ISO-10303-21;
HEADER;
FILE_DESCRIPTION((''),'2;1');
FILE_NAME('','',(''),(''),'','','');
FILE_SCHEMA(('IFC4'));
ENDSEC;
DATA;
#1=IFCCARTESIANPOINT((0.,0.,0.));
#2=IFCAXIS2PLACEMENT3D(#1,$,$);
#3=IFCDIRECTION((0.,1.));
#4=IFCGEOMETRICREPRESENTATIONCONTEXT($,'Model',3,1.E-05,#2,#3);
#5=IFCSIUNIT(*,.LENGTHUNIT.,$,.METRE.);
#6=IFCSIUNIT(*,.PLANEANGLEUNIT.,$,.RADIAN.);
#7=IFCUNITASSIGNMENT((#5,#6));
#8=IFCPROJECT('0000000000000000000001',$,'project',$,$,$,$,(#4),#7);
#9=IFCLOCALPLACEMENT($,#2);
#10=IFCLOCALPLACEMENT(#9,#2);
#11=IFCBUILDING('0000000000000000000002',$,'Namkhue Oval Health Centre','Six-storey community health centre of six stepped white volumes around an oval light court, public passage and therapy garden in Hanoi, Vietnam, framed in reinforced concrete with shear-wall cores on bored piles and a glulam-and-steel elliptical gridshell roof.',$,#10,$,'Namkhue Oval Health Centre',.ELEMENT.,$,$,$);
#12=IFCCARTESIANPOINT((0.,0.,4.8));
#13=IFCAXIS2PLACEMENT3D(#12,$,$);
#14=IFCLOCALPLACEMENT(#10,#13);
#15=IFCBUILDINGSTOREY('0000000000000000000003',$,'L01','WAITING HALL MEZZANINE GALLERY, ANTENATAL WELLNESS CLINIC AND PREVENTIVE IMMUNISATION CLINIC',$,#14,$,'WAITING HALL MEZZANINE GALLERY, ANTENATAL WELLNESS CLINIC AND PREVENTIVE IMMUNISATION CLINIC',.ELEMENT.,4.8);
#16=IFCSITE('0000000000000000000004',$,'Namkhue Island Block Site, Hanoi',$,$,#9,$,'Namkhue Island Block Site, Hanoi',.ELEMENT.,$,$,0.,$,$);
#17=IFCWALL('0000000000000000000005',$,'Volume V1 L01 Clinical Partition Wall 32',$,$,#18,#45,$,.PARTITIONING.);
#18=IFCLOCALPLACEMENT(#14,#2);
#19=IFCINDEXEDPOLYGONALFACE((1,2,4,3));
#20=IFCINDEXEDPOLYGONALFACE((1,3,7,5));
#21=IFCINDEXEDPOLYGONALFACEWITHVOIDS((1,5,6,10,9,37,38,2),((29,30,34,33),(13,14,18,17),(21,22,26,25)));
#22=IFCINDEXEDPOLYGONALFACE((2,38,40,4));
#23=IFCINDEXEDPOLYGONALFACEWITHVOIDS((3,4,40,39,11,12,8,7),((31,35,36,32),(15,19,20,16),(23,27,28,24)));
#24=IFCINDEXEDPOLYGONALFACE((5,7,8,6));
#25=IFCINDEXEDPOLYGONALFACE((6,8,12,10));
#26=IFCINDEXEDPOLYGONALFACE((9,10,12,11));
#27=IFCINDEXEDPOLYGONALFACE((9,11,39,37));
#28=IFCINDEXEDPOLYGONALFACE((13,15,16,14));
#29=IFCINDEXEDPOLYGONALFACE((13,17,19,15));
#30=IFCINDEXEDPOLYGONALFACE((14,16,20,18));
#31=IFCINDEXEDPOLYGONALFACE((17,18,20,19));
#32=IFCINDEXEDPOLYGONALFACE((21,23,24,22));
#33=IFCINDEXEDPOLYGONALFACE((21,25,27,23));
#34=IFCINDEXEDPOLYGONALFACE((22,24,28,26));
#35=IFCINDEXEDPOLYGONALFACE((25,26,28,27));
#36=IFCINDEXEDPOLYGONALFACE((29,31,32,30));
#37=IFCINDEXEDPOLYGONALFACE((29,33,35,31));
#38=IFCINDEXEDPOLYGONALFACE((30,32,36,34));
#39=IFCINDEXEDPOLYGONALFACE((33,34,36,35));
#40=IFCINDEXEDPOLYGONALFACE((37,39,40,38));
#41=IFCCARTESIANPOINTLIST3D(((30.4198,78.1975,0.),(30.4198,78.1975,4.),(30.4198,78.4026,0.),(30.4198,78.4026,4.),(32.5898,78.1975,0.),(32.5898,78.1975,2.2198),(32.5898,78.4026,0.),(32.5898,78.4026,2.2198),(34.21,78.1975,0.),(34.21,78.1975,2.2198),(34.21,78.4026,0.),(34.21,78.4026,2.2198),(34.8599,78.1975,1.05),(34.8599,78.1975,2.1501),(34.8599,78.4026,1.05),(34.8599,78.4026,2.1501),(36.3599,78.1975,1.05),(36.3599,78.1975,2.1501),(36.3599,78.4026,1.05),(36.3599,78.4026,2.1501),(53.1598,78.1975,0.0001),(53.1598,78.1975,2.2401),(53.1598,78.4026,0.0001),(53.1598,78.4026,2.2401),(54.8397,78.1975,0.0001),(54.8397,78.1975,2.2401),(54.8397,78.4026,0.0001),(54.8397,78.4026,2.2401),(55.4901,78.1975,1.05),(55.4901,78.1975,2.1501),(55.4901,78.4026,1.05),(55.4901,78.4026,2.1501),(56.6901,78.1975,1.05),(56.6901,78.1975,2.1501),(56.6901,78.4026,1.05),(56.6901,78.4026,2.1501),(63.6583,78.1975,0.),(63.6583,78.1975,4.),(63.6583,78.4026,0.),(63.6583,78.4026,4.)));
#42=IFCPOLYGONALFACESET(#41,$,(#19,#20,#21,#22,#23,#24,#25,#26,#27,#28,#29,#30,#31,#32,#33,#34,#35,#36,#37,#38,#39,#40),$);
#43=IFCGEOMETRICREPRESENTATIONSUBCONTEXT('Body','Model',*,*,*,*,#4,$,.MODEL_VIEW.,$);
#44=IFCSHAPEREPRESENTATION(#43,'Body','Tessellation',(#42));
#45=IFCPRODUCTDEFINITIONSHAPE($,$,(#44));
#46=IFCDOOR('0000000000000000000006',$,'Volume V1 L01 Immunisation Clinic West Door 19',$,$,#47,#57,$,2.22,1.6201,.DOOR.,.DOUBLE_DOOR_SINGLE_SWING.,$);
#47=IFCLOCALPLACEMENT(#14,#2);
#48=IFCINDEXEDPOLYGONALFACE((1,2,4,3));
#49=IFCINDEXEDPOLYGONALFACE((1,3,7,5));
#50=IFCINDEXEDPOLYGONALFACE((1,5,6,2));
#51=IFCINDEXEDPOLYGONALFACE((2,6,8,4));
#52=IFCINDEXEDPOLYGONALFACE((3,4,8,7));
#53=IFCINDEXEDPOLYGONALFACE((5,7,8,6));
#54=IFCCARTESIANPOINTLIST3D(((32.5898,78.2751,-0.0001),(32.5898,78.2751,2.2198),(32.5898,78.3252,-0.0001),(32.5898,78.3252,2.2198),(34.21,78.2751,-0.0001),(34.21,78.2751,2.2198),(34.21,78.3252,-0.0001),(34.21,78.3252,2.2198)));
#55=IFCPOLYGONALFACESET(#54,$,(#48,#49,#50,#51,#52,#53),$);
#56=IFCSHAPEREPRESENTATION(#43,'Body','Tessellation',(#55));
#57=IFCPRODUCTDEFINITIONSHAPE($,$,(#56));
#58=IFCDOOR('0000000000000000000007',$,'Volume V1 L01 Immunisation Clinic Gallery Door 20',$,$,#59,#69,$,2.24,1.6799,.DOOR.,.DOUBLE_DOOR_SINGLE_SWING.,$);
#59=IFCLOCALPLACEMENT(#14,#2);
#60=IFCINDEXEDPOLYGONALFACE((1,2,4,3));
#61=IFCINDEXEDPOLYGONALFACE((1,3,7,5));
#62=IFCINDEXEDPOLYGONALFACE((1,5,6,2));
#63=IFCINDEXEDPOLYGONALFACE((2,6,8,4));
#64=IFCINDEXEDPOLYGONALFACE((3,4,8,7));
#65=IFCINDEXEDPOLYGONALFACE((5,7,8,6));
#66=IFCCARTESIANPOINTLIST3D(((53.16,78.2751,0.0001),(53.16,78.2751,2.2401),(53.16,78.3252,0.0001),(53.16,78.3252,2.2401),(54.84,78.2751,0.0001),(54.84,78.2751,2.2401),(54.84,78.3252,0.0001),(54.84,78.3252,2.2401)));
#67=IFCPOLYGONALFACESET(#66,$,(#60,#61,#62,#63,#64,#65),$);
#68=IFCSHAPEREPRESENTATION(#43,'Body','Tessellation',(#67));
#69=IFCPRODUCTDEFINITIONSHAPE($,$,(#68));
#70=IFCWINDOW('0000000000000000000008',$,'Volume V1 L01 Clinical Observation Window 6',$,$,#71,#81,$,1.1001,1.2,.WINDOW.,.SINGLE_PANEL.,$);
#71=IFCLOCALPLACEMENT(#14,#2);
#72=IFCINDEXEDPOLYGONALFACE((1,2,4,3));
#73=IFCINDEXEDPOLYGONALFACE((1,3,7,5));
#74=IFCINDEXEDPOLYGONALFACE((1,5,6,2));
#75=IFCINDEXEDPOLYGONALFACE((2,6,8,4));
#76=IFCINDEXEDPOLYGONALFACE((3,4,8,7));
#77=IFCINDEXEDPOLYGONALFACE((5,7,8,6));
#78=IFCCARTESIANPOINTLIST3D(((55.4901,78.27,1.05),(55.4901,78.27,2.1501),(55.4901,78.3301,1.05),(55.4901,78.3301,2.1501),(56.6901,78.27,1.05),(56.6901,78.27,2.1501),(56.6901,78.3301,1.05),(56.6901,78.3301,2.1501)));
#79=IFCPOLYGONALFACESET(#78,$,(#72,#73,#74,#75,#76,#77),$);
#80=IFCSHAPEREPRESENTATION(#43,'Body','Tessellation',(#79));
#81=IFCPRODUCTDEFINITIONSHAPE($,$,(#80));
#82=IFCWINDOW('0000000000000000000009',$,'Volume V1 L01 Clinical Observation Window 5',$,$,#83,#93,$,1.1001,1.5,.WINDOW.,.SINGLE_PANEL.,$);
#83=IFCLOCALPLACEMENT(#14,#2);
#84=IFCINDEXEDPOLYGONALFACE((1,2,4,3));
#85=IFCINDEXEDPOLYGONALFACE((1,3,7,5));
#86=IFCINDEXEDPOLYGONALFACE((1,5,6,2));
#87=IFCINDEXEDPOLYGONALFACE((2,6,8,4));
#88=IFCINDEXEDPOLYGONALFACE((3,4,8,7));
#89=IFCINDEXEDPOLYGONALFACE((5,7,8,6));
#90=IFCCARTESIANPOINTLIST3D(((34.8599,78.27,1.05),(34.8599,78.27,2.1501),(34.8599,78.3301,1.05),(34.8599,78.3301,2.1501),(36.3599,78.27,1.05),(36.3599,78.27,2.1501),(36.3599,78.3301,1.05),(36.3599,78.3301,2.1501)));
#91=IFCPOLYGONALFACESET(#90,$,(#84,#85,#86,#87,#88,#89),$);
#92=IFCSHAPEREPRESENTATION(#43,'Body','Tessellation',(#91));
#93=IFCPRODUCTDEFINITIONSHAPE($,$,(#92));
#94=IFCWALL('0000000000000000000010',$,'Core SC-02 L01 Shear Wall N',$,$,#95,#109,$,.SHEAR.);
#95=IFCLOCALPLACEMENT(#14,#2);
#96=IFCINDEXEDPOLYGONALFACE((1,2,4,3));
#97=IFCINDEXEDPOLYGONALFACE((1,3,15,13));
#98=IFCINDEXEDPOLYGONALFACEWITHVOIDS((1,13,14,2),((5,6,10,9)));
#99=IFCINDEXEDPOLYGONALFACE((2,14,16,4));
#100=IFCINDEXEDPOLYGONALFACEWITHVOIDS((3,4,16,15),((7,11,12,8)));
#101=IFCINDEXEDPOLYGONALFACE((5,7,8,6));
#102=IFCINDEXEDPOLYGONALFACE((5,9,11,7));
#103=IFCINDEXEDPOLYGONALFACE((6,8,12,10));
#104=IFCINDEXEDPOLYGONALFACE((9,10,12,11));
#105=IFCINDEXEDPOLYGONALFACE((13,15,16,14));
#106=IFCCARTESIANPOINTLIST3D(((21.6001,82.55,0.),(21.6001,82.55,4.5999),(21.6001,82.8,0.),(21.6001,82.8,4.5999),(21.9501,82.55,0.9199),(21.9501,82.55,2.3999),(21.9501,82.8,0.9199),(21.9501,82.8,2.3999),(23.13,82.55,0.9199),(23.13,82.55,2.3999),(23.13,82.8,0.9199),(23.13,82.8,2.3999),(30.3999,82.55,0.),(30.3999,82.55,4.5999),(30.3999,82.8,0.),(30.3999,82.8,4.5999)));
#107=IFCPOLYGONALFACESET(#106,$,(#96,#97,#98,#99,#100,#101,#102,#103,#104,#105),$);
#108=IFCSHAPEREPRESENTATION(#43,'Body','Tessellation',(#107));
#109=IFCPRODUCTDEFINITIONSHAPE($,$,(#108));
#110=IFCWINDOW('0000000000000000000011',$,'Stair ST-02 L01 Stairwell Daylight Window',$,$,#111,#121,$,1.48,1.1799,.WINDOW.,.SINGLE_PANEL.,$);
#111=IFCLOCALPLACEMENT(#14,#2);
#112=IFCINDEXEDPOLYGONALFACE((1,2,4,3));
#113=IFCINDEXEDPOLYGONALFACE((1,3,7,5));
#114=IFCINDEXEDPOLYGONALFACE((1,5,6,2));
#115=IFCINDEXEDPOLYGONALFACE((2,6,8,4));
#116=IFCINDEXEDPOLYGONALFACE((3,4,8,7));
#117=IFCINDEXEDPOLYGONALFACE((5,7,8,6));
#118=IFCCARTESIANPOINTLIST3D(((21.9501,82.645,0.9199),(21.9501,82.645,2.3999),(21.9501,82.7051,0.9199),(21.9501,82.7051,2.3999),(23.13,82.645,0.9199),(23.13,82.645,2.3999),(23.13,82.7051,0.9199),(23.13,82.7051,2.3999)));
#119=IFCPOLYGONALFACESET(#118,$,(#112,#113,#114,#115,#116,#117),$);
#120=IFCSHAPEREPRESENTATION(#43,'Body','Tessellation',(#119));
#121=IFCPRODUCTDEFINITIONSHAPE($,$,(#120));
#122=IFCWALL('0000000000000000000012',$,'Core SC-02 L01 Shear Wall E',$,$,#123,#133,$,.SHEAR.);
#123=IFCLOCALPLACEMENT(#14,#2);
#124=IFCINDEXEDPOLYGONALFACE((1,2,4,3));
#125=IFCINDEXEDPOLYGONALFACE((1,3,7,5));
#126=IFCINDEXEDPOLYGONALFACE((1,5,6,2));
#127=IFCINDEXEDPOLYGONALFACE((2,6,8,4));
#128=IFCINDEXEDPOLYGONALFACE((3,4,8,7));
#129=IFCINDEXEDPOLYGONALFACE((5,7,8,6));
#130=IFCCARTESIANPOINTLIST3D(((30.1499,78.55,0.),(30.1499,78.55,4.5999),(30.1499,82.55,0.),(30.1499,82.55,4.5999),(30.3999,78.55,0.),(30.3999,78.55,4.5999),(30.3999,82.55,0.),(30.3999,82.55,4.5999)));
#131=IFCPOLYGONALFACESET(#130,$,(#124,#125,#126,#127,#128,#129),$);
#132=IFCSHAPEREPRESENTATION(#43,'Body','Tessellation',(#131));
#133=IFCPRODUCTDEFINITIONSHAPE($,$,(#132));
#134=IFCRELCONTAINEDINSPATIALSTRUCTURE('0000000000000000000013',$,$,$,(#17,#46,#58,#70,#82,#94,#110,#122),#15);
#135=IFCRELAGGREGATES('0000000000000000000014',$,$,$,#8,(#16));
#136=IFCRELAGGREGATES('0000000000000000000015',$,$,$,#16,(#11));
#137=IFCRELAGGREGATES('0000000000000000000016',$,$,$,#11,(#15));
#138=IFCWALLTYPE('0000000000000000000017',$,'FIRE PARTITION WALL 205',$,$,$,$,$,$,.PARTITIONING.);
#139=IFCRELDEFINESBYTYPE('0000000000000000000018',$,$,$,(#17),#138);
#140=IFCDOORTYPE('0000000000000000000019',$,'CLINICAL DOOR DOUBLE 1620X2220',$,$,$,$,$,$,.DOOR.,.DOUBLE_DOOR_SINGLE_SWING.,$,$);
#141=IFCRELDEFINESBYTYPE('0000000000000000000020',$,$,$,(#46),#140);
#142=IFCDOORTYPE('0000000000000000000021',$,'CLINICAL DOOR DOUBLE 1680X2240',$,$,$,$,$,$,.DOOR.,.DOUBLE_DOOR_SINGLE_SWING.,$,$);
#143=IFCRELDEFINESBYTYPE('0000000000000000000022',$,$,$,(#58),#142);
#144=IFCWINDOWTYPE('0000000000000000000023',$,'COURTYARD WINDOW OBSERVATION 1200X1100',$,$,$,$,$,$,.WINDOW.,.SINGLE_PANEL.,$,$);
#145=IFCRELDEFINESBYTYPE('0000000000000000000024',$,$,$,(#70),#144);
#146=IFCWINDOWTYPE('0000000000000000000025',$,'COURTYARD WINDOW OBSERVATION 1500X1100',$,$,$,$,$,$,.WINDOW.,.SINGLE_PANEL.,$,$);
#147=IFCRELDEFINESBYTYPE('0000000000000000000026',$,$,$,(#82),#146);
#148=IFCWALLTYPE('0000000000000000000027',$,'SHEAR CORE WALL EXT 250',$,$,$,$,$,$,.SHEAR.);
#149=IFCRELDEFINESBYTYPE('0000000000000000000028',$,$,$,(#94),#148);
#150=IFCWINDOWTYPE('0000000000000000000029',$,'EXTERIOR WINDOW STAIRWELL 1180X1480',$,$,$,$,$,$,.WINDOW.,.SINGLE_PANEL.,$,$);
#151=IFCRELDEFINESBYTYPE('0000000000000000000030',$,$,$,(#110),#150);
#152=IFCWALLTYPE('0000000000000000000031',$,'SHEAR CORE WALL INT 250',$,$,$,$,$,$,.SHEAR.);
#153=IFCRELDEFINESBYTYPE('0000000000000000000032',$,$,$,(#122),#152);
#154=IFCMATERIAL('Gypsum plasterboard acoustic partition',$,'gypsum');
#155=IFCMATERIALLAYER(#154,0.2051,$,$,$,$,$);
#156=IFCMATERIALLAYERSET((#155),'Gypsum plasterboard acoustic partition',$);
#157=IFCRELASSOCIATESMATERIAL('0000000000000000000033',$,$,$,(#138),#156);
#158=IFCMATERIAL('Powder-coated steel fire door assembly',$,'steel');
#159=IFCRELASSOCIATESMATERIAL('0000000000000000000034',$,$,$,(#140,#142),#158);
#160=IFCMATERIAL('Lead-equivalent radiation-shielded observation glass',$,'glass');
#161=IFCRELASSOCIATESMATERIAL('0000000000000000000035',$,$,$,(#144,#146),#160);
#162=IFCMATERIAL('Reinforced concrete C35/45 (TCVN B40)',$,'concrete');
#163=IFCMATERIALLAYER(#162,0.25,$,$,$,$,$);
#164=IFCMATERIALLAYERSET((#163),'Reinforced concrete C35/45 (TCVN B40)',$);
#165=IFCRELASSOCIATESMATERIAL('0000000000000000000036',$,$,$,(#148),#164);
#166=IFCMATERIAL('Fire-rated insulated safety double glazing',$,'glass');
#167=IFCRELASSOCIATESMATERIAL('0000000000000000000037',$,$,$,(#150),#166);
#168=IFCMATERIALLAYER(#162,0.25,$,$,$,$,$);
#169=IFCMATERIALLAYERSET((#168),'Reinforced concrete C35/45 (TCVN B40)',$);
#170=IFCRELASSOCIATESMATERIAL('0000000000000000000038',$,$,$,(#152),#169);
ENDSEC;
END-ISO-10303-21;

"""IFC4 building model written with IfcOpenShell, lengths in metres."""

from ifc_helpers import new_model, si_unit, direction, frame, frame_2d, origin, place, context, subcontext, project, spatial, rectangle, extrude, material, layer, layer_set, type_object, element, fill, save


model = new_model("IFC4")

# Units and contexts
model_context = context("Model", 3, precision=1e-05, world=origin(), true_north=direction((0.0, 1.0)))
body_context = subcontext(model_context, "Body", "Model", "MODEL_VIEW")
ifc_project = project(units=[si_unit("LENGTHUNIT", "METRE"), si_unit("PLANEANGLEUNIT", "RADIAN")], contexts=[model_context])

# Site, building, storey
site_placement = place(None, origin())
site = spatial("IfcSite", under=ifc_project, at=site_placement, Name="Namkhue Island Block Site, Hanoi", LongName="Namkhue Island Block Site, Hanoi", CompositionType="ELEMENT", RefElevation=0.0)
building_placement = place(site_placement, origin())
building = spatial("IfcBuilding", under=site, at=building_placement, Name="Namkhue Oval Health Centre", Description="Six-storey community health centre of six stepped white volumes around an oval light court, public passage and therapy garden in Hanoi, Vietnam, framed in reinforced concrete with shear-wall cores on bored piles and a glulam-and-steel elliptical gridshell roof.", LongName="Namkhue Oval Health Centre", CompositionType="ELEMENT")
storey_placement = place(building_placement, frame((0.0, 0.0, 4.8)))
storey = spatial("IfcBuildingStorey", under=building, at=storey_placement, Name="L01", Description="WAITING HALL MEZZANINE GALLERY, ANTENATAL WELLNESS CLINIC AND PREVENTIVE IMMUNISATION CLINIC", LongName="WAITING HALL MEZZANINE GALLERY, ANTENATAL WELLNESS CLINIC AND PREVENTIVE IMMUNISATION CLINIC", CompositionType="ELEMENT", Elevation=4.8)

# Shared definitions
ifc_material_1 = material(Name="Reinforced concrete C35/45 (TCVN B40)", Category="concrete")

# Wall, openings, doors, windows
ifc_material_2 = material(Name="Gypsum plasterboard acoustic partition", Category="gypsum")
ifc_layer_1 = layer(ifc_material_2, 0.2051)
ifc_layer_set_1 = layer_set([ifc_layer_1], Name="Gypsum plasterboard acoustic partition")
wall_type_1 = type_object("IfcWallType", Name="FIRE PARTITION WALL 205", PredefinedType="PARTITIONING", material=ifc_layer_set_1)
wall_1_placement = place(storey_placement, frame((30.4199, 78.3, 0.0), z_axis=(0.0, 0.0, 1.0), x_axis=(1.0, 0.0, 0.0)))
wall_1 = element("IfcWall", 1, at=wall_1_placement, inside=storey, type_object=wall_type_1, Name="Volume V1 L01 Clinical Partition Wall 32", PredefinedType="PARTITIONING", context=body_context, shape_type="SweptSolid", body=[
    extrude(rectangle(XDim=33.2385, YDim=0.2051, at=frame_2d((16.6191, 0.0))), origin(), (0.0, 0.0, 1.0), 4.0),
])
opening_1_placement = place(wall_1_placement, frame((2.1699, 0.0, 0.0)))
opening_1 = element("IfcOpeningElement", 2, at=opening_1_placement, cuts=wall_1, PredefinedType="OPENING", context=body_context, shape_type="SweptSolid", body=[
    extrude(rectangle(XDim=1.6201, YDim=2.22, at=frame_2d((0.8101, 1.1099))), frame((0.0, 0.1125, 0.0), z_axis=(0.0, -1.0, 0.0), x_axis=(1.0, 0.0, 0.0)), (0.0, 0.0, 1.0), 0.2251),
])
opening_2_placement = place(wall_1_placement, frame((4.4399, 0.0, 1.05)))
opening_2 = element("IfcOpeningElement", 3, at=opening_2_placement, cuts=wall_1, PredefinedType="OPENING", context=body_context, shape_type="SweptSolid", body=[
    extrude(rectangle(XDim=1.5, YDim=1.1001, at=frame_2d((0.75, 0.55))), frame((0.0, 0.1125, 0.0), z_axis=(0.0, -1.0, 0.0), x_axis=(1.0, 0.0, 0.0)), (0.0, 0.0, 1.0), 0.2251),
])
opening_3_placement = place(wall_1_placement, frame((22.74, 0.0, 0.0)))
opening_3 = element("IfcOpeningElement", 4, at=opening_3_placement, cuts=wall_1, PredefinedType="OPENING", context=body_context, shape_type="SweptSolid", body=[
    extrude(rectangle(XDim=1.6799, YDim=2.24, at=frame_2d((0.8398, 1.1201))), frame((0.0, 0.1125, 0.0), z_axis=(0.0, -1.0, 0.0), x_axis=(1.0, 0.0, 0.0)), (0.0, 0.0, 1.0), 0.2251),
])
opening_4_placement = place(wall_1_placement, frame((25.0701, 0.0, 1.05)))
opening_4 = element("IfcOpeningElement", 5, at=opening_4_placement, cuts=wall_1, PredefinedType="OPENING", context=body_context, shape_type="SweptSolid", body=[
    extrude(rectangle(XDim=1.2, YDim=1.1001, at=frame_2d((0.6001, 0.55))), frame((0.0, 0.1125, 0.0), z_axis=(0.0, -1.0, 0.0), x_axis=(1.0, 0.0, 0.0)), (0.0, 0.0, 1.0), 0.2251),
])
ifc_material_3 = material(Name="Powder-coated steel fire door assembly", Category="steel")
door_type_1 = type_object("IfcDoorType", Name="CLINICAL DOOR DOUBLE 1620X2220", OperationType="DOUBLE_DOOR_SINGLE_SWING", PredefinedType="DOOR", material=ifc_material_3)
door_1_placement = place(opening_1_placement, frame((1.6201, 0.0, 0.0), z_axis=(0.0, 0.0, 1.0), x_axis=(-1.0, 0.0, 0.0)))
door_1 = element("IfcDoor", 6, at=door_1_placement, inside=storey, type_object=door_type_1, Name="Volume V1 L01 Immunisation Clinic West Door 19", OperationType="DOUBLE_DOOR_SINGLE_SWING", OverallHeight=2.22, OverallWidth=1.6201, PredefinedType="DOOR", context=body_context, shape_type="SweptSolid", body=[
    extrude(rectangle(XDim=1.6201, YDim=2.22, at=frame_2d((0.8101, 1.1099))), frame((0.0, 0.0249, 0.0), z_axis=(0.0, -1.0, 0.0), x_axis=(1.0, 0.0, 0.0)), (0.0, 0.0, 1.0), 0.05),
])
fill(opening_1, door_1)
door_type_2 = type_object("IfcDoorType", Name="CLINICAL DOOR DOUBLE 1680X2240", OperationType="DOUBLE_DOOR_SINGLE_SWING", PredefinedType="DOOR", material=ifc_material_3)
door_2_placement = place(opening_3_placement, frame((1.6799, 0.0, 0.0), z_axis=(0.0, 0.0, 1.0), x_axis=(-1.0, 0.0, 0.0)))
door_2 = element("IfcDoor", 7, at=door_2_placement, inside=storey, type_object=door_type_2, Name="Volume V1 L01 Immunisation Clinic Gallery Door 20", OperationType="DOUBLE_DOOR_SINGLE_SWING", OverallHeight=2.24, OverallWidth=1.6799, PredefinedType="DOOR", context=body_context, shape_type="SweptSolid", body=[
    extrude(rectangle(XDim=1.6799, YDim=2.24, at=frame_2d((0.8398, 1.1201))), frame((0.0, 0.0249, 0.0), z_axis=(0.0, -1.0, 0.0), x_axis=(1.0, 0.0, 0.0)), (0.0, 0.0, 1.0), 0.05),
])
fill(opening_3, door_2)
ifc_material_4 = material(Name="Lead-equivalent radiation-shielded observation glass", Category="glass")
window_type_1 = type_object("IfcWindowType", Name="COURTYARD WINDOW OBSERVATION 1200X1100", PartitioningType="SINGLE_PANEL", PredefinedType="WINDOW", material=ifc_material_4)
window_1_placement = place(opening_4_placement, origin())
window_1 = element("IfcWindow", 8, at=window_1_placement, inside=storey, type_object=window_type_1, Name="Volume V1 L01 Clinical Observation Window 6", OverallHeight=1.1001, OverallWidth=1.2, PartitioningType="SINGLE_PANEL", PredefinedType="WINDOW", context=body_context, shape_type="SweptSolid", body=[
    extrude(rectangle(XDim=1.2, YDim=1.1001, at=frame_2d((0.6001, 0.55))), frame((0.0, 0.03, 0.0), z_axis=(0.0, -1.0, 0.0), x_axis=(1.0, 0.0, 0.0)), (0.0, 0.0, 1.0), 0.0601),
])
fill(opening_4, window_1)
window_type_2 = type_object("IfcWindowType", Name="COURTYARD WINDOW OBSERVATION 1500X1100", PartitioningType="SINGLE_PANEL", PredefinedType="WINDOW", material=ifc_material_4)
window_2_placement = place(opening_2_placement, origin())
window_2 = element("IfcWindow", 9, at=window_2_placement, inside=storey, type_object=window_type_2, Name="Volume V1 L01 Clinical Observation Window 5", OverallHeight=1.1001, OverallWidth=1.5, PartitioningType="SINGLE_PANEL", PredefinedType="WINDOW", context=body_context, shape_type="SweptSolid", body=[
    extrude(rectangle(XDim=1.5, YDim=1.1001, at=frame_2d((0.75, 0.55))), frame((0.0, 0.03, 0.0), z_axis=(0.0, -1.0, 0.0), x_axis=(1.0, 0.0, 0.0)), (0.0, 0.0, 1.0), 0.0601),
])
fill(opening_2, window_2)

# Wall, opening, window
ifc_layer_2 = layer(ifc_material_1, 0.25)
ifc_layer_set_2 = layer_set([ifc_layer_2], Name="Reinforced concrete C35/45 (TCVN B40)")
wall_type_2 = type_object("IfcWallType", Name="SHEAR CORE WALL EXT 250", PredefinedType="SHEAR", material=ifc_layer_set_2)
wall_2_placement = place(storey_placement, frame((30.3999, 82.675, 0.0), z_axis=(0.0, 0.0, 1.0), x_axis=(-1.0, 0.0, 0.0)))
wall_2 = element("IfcWall", 10, at=wall_2_placement, inside=storey, type_object=wall_type_2, Name="Core SC-02 L01 Shear Wall N", PredefinedType="SHEAR", context=body_context, shape_type="SweptSolid", body=[
    extrude(rectangle(XDim=8.7998, YDim=0.25, at=frame_2d((4.3999, 0.0))), origin(), (0.0, 0.0, 1.0), 4.5999),
])
opening_5_placement = place(wall_2_placement, frame((7.27, 0.0, 0.9199)))
opening_5 = element("IfcOpeningElement", 11, at=opening_5_placement, cuts=wall_2, PredefinedType="OPENING", context=body_context, shape_type="SweptSolid", body=[
    extrude(rectangle(XDim=1.1799, YDim=1.48, at=frame_2d((0.5898, 0.74))), frame((0.0, 0.135, 0.0), z_axis=(0.0, -1.0, 0.0), x_axis=(1.0, 0.0, 0.0)), (0.0, 0.0, 1.0), 0.27),
])
ifc_material_5 = material(Name="Fire-rated insulated safety double glazing", Category="glass")
window_type_3 = type_object("IfcWindowType", Name="EXTERIOR WINDOW STAIRWELL 1180X1480", PartitioningType="SINGLE_PANEL", PredefinedType="WINDOW", material=ifc_material_5)
window_3_placement = place(opening_5_placement, origin())
window_3 = element("IfcWindow", 12, at=window_3_placement, inside=storey, type_object=window_type_3, Name="Stair ST-02 L01 Stairwell Daylight Window", OverallHeight=1.48, OverallWidth=1.1799, PartitioningType="SINGLE_PANEL", PredefinedType="WINDOW", context=body_context, shape_type="SweptSolid", body=[
    extrude(rectangle(XDim=1.1799, YDim=1.48, at=frame_2d((0.5898, 0.74))), frame((0.0, 0.03, 0.0), z_axis=(0.0, -1.0, 0.0), x_axis=(1.0, 0.0, 0.0)), (0.0, 0.0, 1.0), 0.0601),
])
fill(opening_5, window_3)

# Wall
ifc_layer_3 = layer(ifc_material_1, 0.25)
ifc_layer_set_3 = layer_set([ifc_layer_3], Name="Reinforced concrete C35/45 (TCVN B40)")
wall_type_3 = type_object("IfcWallType", Name="SHEAR CORE WALL INT 250", PredefinedType="SHEAR", material=ifc_layer_set_3)
wall_3_placement = place(storey_placement, frame((30.2749, 78.55, 0.0), z_axis=(0.0, 0.0, 1.0), x_axis=(0.0, 1.0, 0.0)))
element("IfcWall", 13, at=wall_3_placement, inside=storey, type_object=wall_type_3, Name="Core SC-02 L01 Shear Wall E", PredefinedType="SHEAR", context=body_context, shape_type="SweptSolid", body=[
    extrude(rectangle(XDim=4.0, YDim=0.25, at=frame_2d((2.0, 0.0))), origin(), (0.0, 0.0, 1.0), 4.5999),
])

save(model, "model.ifc")
